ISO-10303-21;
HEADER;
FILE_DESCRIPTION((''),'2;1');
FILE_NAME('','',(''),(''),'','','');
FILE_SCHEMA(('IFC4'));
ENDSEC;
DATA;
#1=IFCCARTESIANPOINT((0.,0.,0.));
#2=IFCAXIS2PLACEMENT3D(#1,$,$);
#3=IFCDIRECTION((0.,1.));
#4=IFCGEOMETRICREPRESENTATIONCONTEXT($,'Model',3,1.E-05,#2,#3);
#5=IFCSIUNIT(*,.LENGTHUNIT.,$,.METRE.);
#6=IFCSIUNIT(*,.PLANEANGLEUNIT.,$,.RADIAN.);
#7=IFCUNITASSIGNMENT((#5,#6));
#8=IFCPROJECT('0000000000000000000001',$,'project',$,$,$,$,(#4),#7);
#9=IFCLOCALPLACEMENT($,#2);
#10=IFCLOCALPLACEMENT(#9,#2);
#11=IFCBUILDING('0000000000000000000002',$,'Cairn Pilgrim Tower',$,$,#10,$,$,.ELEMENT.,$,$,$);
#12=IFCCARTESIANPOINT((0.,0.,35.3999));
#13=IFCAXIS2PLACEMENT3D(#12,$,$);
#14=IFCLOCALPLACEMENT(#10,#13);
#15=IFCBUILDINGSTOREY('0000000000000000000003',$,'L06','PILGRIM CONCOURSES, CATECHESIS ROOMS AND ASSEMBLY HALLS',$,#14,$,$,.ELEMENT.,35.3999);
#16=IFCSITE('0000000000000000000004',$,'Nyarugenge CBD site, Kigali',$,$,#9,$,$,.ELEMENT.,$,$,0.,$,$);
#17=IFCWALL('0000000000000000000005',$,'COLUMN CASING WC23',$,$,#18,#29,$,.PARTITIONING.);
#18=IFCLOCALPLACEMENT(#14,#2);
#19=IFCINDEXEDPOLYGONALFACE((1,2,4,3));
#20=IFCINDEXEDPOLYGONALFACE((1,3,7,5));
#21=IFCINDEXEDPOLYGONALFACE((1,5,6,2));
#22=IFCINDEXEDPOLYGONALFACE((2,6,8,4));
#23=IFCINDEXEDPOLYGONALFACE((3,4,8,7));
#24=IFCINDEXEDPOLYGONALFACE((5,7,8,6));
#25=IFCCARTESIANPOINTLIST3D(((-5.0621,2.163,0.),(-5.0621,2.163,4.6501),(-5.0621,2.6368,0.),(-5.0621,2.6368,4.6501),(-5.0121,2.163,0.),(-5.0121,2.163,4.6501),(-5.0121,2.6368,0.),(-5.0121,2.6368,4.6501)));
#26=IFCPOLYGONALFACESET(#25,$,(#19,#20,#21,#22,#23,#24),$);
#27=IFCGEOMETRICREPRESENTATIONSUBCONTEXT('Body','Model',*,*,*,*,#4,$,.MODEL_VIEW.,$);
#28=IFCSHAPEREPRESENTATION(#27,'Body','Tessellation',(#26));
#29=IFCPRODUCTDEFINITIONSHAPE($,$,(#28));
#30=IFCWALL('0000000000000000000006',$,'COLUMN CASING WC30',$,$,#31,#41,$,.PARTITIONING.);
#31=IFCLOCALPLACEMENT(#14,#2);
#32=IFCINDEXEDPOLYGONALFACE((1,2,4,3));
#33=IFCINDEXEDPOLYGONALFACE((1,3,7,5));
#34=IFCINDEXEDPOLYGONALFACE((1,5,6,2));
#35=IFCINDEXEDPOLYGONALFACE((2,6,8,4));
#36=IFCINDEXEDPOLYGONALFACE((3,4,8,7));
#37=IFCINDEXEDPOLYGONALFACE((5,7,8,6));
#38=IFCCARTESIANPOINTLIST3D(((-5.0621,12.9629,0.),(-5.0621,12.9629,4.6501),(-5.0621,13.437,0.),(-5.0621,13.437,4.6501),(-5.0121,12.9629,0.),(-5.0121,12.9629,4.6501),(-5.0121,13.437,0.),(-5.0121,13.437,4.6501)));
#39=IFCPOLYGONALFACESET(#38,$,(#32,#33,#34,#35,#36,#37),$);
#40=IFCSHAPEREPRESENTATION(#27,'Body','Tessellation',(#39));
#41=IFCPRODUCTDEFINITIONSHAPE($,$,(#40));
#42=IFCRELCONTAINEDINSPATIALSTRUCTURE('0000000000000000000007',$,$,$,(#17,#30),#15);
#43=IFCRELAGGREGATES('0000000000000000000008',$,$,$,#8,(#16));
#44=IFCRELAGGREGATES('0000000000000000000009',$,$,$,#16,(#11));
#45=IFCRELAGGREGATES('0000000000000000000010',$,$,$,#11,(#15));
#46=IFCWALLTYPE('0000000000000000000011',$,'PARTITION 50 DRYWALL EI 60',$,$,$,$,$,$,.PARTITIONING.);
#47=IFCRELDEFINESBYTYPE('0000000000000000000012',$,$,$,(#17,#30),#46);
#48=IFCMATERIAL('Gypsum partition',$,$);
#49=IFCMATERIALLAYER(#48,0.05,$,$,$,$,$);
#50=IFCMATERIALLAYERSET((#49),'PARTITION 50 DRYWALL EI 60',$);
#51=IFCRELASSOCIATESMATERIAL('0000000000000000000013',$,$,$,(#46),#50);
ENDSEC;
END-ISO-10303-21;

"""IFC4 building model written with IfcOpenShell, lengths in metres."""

from ifc_helpers import new_model, si_unit, direction, frame, frame_2d, origin, place, context, subcontext, project, spatial, rectangle, extrude, material, layer, layer_set, type_object, element, save


model = new_model("IFC4")

# Units and contexts
model_context = context("Model", 3, precision=1e-05, world=origin(), true_north=direction((0.0, 1.0)))
body_context = subcontext(model_context, "Body", "Model", "MODEL_VIEW")
ifc_project = project(units=[si_unit("LENGTHUNIT", "METRE"), si_unit("PLANEANGLEUNIT", "RADIAN")], contexts=[model_context])

# Site, building, storey
site_placement = place(None, origin())
site = spatial("IfcSite", under=ifc_project, at=site_placement, Name="Nyarugenge CBD site, Kigali", CompositionType="ELEMENT", RefElevation=0.0)
building_placement = place(site_placement, origin())
building = spatial("IfcBuilding", under=site, at=building_placement, Name="Cairn Pilgrim Tower", CompositionType="ELEMENT")
storey_placement = place(building_placement, frame((0.0, 0.0, 35.3999)))
storey = spatial("IfcBuildingStorey", under=building, at=storey_placement, Name="L06", Description="PILGRIM CONCOURSES, CATECHESIS ROOMS AND ASSEMBLY HALLS", CompositionType="ELEMENT", Elevation=35.3999)

# Walls
ifc_material_1 = material(Name="Gypsum partition")
ifc_layer_1 = layer(ifc_material_1, 0.05)
ifc_layer_set_1 = layer_set([ifc_layer_1], Name="PARTITION 50 DRYWALL EI 60")
wall_type_1 = type_object("IfcWallType", Name="PARTITION 50 DRYWALL EI 60", PredefinedType="PARTITIONING", material=ifc_layer_set_1)
wall_1_placement = place(storey_placement, frame((-5.0371, 2.1631, 0.0), z_axis=(0.0, 0.0, 1.0), x_axis=(0.0, 1.0, 0.0)))
element("IfcWall", 1, at=wall_1_placement, inside=storey, type_object=wall_type_1, Name="COLUMN CASING WC23", PredefinedType="PARTITIONING", context=body_context, shape_type="SweptSolid", body=[
    extrude(rectangle(XDim=0.4739, YDim=0.05, at=frame_2d((0.2368, 0.0))), origin(), (0.0, 0.0, 1.0), 4.6501),
])
wall_2_placement = place(storey_placement, frame((-5.0371, 12.9629, 0.0), z_axis=(0.0, 0.0, 1.0), x_axis=(0.0, 1.0, 0.0)))
element("IfcWall", 2, at=wall_2_placement, inside=storey, type_object=wall_type_1, Name="COLUMN CASING WC30", PredefinedType="PARTITIONING", context=body_context, shape_type="SweptSolid", body=[
    extrude(rectangle(XDim=0.4741, YDim=0.05, at=frame_2d((0.2371, 0.0))), origin(), (0.0, 0.0, 1.0), 4.6501),
])

save(model, "model.ifc")
